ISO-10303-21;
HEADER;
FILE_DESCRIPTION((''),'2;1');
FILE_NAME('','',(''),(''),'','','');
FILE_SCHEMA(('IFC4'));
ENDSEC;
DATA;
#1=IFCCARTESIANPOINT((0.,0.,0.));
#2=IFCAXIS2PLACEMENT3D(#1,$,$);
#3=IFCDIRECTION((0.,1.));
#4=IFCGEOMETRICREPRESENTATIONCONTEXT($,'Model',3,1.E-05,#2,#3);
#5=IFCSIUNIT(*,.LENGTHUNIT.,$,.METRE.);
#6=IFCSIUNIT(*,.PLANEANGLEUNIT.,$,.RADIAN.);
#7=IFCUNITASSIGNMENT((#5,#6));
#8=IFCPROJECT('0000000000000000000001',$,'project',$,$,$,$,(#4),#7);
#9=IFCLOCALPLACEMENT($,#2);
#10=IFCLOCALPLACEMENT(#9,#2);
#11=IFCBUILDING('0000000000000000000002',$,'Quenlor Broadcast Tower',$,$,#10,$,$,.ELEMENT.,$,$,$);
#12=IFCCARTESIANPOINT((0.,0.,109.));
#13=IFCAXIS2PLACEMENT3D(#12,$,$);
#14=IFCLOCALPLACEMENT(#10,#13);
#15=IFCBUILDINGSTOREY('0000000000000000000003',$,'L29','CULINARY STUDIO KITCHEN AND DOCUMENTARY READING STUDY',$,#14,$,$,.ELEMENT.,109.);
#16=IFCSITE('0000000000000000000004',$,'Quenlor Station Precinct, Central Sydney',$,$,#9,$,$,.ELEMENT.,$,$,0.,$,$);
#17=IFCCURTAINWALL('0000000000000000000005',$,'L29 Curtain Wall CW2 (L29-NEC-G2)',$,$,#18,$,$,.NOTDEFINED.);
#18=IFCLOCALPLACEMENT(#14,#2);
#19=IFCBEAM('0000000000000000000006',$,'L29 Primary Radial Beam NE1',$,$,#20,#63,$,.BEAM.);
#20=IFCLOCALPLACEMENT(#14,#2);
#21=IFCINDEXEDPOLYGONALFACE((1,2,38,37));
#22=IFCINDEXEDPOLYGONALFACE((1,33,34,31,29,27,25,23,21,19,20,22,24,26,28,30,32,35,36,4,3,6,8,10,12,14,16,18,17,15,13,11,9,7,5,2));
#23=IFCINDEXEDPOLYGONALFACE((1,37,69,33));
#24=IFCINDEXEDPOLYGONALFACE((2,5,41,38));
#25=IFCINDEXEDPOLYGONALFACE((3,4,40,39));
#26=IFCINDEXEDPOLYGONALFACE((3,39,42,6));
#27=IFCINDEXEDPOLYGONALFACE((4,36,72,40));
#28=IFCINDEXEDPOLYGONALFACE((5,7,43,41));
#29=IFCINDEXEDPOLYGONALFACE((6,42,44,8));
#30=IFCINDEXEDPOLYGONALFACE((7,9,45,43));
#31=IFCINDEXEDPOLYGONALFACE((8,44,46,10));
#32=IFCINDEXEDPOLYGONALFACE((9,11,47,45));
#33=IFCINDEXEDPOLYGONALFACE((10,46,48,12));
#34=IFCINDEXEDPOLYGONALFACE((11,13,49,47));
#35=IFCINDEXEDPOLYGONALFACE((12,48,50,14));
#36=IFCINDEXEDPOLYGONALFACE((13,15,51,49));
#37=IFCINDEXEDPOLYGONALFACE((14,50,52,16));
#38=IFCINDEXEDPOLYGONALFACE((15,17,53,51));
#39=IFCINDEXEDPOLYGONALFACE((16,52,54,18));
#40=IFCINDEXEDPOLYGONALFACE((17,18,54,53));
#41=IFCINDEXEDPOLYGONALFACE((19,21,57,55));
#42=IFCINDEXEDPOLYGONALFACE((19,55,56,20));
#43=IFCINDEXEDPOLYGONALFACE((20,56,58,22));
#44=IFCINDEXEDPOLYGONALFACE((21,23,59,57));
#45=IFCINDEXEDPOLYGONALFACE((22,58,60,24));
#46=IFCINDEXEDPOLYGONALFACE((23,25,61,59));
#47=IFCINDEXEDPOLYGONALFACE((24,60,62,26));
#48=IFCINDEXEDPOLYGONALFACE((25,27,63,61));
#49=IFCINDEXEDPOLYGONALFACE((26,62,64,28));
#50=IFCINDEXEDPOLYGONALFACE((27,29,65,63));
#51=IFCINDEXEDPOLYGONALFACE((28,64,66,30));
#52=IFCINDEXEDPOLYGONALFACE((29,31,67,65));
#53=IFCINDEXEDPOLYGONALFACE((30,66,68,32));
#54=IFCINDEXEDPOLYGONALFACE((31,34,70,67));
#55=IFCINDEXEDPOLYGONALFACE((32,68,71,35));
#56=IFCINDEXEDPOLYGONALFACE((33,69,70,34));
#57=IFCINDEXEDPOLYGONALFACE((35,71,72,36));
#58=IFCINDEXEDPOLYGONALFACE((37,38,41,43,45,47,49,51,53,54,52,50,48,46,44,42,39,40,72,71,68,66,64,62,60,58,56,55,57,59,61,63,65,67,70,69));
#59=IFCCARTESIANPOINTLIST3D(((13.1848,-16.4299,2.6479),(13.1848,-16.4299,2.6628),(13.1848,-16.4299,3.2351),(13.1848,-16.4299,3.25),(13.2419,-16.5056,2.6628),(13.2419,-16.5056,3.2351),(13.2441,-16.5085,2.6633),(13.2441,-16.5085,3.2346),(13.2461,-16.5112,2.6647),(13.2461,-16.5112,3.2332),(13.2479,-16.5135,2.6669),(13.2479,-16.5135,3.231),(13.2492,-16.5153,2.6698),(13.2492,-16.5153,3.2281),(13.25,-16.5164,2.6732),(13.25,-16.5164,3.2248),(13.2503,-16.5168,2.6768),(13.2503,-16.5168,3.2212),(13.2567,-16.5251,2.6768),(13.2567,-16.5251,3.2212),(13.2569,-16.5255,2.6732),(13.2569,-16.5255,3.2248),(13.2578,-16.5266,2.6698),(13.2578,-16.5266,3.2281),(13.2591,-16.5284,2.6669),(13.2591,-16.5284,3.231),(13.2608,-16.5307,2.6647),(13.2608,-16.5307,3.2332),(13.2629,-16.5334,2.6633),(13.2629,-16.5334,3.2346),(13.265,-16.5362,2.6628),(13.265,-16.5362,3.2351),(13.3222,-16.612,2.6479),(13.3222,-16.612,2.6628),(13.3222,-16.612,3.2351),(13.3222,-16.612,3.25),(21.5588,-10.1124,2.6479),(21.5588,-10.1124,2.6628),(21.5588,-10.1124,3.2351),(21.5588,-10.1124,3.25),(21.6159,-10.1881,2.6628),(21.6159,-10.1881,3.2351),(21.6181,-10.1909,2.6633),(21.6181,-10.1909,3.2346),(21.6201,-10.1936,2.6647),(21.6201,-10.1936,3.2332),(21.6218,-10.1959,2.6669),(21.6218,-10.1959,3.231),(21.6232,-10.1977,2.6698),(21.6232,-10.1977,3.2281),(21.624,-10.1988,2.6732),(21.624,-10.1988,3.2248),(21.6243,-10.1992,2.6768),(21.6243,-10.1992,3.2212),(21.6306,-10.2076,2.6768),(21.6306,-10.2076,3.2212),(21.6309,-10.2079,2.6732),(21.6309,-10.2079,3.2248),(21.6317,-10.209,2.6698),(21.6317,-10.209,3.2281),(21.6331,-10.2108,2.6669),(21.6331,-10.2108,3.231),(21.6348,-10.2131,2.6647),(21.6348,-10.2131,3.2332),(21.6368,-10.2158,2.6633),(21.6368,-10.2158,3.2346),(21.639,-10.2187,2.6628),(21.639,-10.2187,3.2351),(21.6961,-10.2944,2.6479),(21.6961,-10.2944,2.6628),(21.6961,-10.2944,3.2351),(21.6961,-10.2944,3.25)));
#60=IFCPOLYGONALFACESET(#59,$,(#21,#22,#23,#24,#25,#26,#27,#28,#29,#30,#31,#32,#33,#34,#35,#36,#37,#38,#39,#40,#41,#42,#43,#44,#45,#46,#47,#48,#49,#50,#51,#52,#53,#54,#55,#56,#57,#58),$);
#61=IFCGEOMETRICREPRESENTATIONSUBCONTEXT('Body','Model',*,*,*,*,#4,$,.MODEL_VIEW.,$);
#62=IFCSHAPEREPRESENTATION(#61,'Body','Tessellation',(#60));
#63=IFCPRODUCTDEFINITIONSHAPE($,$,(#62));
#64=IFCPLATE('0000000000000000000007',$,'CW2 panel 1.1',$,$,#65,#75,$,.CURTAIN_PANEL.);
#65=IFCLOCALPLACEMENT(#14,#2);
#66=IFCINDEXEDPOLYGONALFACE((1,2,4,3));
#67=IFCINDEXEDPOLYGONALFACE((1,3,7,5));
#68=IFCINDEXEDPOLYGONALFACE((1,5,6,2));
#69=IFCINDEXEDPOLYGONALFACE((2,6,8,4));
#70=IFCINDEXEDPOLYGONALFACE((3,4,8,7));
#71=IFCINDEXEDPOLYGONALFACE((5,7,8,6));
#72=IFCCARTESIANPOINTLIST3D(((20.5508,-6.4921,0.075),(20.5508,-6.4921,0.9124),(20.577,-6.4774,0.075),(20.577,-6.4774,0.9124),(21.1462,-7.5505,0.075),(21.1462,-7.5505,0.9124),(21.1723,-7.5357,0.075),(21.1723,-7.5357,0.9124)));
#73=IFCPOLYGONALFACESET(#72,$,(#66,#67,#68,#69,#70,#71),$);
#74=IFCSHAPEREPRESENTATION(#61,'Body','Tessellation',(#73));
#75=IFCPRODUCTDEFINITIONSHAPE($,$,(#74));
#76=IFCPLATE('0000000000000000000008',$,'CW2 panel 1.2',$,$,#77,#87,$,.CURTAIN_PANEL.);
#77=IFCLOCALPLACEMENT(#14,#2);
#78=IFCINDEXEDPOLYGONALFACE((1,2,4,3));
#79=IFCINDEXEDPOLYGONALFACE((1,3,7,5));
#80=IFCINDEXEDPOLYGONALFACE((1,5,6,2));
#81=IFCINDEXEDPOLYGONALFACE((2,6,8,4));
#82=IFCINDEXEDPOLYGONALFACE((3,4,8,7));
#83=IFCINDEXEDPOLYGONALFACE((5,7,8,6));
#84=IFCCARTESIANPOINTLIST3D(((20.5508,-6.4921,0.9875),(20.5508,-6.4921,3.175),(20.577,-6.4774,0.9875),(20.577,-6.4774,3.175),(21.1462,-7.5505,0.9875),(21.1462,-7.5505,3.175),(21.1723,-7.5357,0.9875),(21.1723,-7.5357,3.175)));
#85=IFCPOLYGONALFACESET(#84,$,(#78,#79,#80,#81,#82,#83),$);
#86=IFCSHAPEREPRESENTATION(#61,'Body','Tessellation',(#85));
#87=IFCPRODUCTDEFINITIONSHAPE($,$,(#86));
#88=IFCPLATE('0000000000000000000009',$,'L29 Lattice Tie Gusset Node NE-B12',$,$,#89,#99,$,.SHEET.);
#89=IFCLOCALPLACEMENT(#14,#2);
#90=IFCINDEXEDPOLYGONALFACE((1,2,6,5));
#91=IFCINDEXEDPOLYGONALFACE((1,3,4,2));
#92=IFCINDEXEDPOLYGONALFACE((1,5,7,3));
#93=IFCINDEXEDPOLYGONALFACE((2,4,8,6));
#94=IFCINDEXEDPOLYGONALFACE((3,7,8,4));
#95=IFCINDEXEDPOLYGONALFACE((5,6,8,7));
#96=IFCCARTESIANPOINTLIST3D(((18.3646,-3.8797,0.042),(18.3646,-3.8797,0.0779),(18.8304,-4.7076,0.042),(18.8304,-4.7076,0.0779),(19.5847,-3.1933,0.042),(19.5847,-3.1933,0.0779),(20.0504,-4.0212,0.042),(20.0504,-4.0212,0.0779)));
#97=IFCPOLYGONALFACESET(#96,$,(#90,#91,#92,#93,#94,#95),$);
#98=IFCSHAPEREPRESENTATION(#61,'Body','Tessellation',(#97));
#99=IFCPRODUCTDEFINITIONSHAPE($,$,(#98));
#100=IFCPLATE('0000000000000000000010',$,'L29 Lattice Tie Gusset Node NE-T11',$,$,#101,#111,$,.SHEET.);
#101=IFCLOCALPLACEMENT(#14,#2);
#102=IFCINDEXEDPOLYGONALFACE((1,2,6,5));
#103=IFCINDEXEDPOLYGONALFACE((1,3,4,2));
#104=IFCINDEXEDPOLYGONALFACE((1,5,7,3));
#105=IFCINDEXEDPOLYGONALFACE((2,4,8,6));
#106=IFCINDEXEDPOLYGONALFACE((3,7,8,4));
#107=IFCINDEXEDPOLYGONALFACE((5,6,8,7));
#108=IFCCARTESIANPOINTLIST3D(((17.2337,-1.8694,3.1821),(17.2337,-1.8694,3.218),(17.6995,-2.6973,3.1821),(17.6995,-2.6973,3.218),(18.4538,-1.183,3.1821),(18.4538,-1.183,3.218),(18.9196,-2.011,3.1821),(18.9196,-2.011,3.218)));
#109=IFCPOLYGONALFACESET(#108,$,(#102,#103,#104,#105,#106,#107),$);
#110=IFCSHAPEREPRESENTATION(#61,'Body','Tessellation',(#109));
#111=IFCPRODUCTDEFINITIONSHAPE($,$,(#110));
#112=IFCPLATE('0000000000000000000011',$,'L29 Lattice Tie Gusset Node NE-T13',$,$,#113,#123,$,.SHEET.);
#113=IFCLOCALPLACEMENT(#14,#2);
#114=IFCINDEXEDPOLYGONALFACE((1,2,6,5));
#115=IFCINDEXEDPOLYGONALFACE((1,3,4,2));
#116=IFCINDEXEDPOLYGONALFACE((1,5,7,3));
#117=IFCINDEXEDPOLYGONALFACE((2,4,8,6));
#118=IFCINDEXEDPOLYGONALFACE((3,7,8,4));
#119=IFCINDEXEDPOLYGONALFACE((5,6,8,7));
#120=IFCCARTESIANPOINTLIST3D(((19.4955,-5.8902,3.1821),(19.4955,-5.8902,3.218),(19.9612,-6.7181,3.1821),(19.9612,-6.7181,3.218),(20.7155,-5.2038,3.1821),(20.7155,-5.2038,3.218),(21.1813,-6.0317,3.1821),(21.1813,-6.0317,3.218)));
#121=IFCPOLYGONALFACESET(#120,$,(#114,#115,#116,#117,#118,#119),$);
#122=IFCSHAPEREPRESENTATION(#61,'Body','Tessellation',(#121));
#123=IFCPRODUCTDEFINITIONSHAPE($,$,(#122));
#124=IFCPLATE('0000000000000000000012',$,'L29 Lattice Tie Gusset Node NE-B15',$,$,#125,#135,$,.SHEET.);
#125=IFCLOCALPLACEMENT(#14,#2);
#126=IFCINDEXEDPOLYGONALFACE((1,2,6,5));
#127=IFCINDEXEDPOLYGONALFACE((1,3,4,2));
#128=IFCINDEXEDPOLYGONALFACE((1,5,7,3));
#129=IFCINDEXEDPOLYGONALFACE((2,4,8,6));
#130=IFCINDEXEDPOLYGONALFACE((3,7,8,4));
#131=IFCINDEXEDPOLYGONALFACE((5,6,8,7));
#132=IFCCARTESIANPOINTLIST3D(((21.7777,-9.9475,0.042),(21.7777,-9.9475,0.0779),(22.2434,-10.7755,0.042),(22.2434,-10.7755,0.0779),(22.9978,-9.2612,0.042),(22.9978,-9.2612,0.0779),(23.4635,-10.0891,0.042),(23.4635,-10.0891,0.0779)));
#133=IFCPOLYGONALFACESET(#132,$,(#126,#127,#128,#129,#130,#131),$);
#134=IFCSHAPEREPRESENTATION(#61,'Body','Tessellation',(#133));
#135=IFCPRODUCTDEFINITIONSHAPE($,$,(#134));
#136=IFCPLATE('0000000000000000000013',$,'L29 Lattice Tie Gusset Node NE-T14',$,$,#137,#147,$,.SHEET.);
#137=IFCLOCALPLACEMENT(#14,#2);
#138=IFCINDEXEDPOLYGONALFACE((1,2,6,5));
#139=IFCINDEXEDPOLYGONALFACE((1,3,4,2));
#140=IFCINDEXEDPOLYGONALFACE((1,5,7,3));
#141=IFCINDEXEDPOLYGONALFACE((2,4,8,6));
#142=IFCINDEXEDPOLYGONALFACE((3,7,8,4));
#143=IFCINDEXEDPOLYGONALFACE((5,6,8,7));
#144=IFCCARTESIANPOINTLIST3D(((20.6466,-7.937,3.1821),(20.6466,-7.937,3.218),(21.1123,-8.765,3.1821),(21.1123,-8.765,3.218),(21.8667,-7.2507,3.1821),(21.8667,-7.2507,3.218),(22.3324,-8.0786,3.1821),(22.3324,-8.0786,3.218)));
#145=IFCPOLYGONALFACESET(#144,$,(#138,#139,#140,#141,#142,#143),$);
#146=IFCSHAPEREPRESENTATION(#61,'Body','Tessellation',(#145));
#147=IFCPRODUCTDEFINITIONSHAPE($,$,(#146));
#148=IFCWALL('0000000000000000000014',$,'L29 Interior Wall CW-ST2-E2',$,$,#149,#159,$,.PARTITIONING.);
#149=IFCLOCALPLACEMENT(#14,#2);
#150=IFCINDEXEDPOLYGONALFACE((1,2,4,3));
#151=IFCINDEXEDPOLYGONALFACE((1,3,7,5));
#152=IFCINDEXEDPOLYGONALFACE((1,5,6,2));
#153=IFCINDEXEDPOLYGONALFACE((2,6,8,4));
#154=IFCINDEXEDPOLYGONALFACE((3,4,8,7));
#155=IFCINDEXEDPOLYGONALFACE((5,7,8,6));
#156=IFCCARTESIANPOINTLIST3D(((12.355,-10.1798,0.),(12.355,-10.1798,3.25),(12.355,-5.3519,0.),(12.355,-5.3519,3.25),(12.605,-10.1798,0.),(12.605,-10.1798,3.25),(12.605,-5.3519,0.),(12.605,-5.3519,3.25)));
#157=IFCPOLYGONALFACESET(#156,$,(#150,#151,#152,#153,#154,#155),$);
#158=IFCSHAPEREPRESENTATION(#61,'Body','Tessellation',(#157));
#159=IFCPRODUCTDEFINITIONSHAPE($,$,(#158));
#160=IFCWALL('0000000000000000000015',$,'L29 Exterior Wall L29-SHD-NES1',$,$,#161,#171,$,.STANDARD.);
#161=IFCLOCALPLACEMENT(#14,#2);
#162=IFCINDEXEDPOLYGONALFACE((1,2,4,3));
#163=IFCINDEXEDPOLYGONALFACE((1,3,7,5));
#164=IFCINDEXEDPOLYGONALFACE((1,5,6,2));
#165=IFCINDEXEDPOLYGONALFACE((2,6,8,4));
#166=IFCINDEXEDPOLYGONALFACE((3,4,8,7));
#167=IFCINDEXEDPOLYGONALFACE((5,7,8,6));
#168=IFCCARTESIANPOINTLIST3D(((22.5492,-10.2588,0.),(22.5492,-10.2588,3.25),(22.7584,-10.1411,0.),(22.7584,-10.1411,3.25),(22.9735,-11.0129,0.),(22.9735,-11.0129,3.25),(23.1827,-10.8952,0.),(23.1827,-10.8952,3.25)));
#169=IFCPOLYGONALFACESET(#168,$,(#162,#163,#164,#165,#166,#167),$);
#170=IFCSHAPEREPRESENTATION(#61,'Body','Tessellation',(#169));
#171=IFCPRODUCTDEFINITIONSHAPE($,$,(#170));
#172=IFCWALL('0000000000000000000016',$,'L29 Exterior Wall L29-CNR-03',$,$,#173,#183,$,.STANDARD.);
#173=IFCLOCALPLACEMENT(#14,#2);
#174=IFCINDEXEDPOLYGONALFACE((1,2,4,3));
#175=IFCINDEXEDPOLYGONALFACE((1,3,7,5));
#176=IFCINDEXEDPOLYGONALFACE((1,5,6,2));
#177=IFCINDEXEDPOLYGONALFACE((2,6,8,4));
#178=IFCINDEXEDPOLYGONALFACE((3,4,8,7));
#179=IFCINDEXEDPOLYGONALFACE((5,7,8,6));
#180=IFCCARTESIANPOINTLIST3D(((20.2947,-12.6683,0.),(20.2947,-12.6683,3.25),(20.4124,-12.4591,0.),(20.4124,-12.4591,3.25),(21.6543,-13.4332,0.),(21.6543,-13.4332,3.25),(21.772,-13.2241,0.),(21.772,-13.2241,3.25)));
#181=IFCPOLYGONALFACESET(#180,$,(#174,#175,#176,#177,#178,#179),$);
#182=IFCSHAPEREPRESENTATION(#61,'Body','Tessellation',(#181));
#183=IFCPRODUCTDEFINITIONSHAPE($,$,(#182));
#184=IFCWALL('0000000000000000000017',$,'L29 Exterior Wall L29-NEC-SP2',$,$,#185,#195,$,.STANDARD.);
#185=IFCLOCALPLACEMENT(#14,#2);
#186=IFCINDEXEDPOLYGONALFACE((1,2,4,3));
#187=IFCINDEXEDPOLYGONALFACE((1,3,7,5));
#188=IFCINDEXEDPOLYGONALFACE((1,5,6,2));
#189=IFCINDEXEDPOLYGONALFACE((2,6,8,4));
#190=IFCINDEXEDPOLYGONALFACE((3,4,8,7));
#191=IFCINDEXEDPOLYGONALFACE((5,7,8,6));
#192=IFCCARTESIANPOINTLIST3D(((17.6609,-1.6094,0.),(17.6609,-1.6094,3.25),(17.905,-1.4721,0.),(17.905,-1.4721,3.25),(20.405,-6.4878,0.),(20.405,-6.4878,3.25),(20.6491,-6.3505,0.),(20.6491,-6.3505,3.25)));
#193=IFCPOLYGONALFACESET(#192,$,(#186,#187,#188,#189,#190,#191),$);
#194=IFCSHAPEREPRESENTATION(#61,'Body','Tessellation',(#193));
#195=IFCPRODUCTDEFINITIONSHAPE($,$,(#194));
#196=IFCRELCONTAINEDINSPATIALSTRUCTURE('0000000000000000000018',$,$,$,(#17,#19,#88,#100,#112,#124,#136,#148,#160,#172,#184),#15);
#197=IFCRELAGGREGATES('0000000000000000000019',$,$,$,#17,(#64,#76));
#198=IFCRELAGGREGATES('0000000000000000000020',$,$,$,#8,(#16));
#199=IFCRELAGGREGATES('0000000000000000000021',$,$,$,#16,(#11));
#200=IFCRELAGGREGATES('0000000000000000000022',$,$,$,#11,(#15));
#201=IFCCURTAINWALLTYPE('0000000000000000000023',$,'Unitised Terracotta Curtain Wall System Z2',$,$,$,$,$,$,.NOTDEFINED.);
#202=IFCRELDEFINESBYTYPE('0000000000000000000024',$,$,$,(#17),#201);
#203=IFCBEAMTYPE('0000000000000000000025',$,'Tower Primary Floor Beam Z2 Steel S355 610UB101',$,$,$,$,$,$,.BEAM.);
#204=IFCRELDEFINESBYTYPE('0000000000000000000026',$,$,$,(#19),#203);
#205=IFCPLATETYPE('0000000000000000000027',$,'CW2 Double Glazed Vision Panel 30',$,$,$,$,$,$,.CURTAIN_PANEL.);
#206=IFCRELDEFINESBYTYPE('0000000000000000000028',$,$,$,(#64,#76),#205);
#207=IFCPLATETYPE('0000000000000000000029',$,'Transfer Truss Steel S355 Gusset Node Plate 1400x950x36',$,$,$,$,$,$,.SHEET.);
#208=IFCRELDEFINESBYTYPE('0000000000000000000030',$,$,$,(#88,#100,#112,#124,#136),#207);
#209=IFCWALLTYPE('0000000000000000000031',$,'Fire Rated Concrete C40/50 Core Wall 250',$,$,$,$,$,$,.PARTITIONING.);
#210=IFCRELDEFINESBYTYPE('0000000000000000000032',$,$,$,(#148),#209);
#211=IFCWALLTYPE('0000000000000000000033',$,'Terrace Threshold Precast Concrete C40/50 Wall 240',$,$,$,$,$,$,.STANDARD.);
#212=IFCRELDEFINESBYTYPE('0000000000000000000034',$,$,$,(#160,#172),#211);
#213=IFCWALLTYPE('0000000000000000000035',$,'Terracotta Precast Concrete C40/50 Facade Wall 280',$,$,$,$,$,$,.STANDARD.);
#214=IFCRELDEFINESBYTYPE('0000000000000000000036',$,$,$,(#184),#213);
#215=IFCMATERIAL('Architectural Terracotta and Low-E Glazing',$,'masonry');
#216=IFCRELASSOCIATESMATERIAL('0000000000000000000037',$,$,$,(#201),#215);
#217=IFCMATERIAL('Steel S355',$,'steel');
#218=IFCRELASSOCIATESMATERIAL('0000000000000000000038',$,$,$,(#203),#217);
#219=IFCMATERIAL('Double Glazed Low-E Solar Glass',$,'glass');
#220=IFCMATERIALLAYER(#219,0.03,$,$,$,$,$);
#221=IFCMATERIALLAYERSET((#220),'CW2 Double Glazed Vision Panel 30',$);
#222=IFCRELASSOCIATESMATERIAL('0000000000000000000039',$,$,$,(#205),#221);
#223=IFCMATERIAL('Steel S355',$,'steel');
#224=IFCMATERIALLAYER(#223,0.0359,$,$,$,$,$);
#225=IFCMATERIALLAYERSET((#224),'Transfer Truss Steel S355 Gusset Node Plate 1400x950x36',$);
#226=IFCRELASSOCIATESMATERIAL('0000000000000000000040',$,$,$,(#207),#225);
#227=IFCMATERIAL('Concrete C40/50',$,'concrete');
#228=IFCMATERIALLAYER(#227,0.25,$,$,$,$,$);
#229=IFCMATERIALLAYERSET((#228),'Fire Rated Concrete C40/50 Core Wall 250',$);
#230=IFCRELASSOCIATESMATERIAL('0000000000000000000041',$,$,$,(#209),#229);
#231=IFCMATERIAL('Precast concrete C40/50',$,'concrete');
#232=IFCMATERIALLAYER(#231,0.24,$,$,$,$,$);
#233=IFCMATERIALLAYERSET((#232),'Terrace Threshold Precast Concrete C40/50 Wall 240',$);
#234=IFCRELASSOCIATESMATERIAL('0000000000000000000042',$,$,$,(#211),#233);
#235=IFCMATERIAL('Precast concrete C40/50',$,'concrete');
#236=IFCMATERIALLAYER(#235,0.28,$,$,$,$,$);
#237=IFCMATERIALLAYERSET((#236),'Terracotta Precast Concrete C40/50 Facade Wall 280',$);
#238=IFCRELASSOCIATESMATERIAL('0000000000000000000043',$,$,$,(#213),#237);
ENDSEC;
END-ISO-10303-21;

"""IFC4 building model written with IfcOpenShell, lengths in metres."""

from ifc_helpers import new_model, si_unit, direction, frame, frame_2d, origin, origin_2d, place, context, subcontext, project, spatial, rectangle, i_section, extrude, material, layer, layer_set, material_profile, profile_set, type_object, element, aggregate, save


model = new_model("IFC4")

# Units and contexts
model_context = context("Model", 3, precision=1e-05, world=origin(), true_north=direction((0.0, 1.0)))
body_context = subcontext(model_context, "Body", "Model", "MODEL_VIEW")
ifc_project = project(units=[si_unit("LENGTHUNIT", "METRE"), si_unit("PLANEANGLEUNIT", "RADIAN")], contexts=[model_context])

# Site, building, storey
site_placement = place(None, origin())
site = spatial("IfcSite", under=ifc_project, at=site_placement, Name="Quenlor Station Precinct, Central Sydney", CompositionType="ELEMENT", RefElevation=0.0)
building_placement = place(site_placement, origin())
building = spatial("IfcBuilding", under=site, at=building_placement, Name="Quenlor Broadcast Tower", CompositionType="ELEMENT")
storey_placement = place(building_placement, frame((0.0, 0.0, 109.0)))
storey = spatial("IfcBuildingStorey", under=building, at=storey_placement, Name="L29", Description="CULINARY STUDIO KITCHEN AND DOCUMENTARY READING STUDY", CompositionType="ELEMENT", Elevation=109.0)

# Shared definitions
ifc_material_1 = material(Name="Architectural Terracotta and Low-E Glazing", Category="masonry")
curtain_wall_type = type_object("IfcCurtainWallType", Name="Unitised Terracotta Curtain Wall System Z2", PredefinedType="NOTDEFINED", material=ifc_material_1)

# Curtain wall
curtain_wall_1_placement = place(storey_placement, origin())
curtain_wall_1 = element("IfcCurtainWall", 1, at=curtain_wall_1_placement, inside=storey, type_object=curtain_wall_type, Name="L29 Curtain Wall CW2 (L29-NEC-G2)", PredefinedType="NOTDEFINED")

# Beam
ifc_material_2 = material(Name="Steel S355", Category="steel")
ifc_material_profile_1 = material_profile(ifc_material_2, i_section(OverallWidth=0.228, OverallDepth=0.6021, WebThickness=0.0105, FlangeThickness=0.0149, FilletRadius=0.0139, at=origin_2d()))
ifc_profile_set_1 = profile_set([ifc_material_profile_1], Name="Steel S355 610UB101")
beam_type_1 = type_object("IfcBeamType", Name="Tower Primary Floor Beam Z2 Steel S355 610UB101", PredefinedType="BEAM", material=ifc_profile_set_1)
beam_1_placement = place(storey_placement, frame((21.6274, -10.2034, 2.949), z_axis=(-0.798299, -0.602262, 0.0), x_axis=(0.602262, -0.798299, 0.0)))
element("IfcBeam", 2, at=beam_1_placement, inside=storey, type_object=beam_type_1, Name="L29 Primary Radial Beam NE1", PredefinedType="BEAM", context=body_context, shape_type="SweptSolid", body=[
    extrude(i_section(OverallWidth=0.228, OverallDepth=0.6021, WebThickness=0.0105, FlangeThickness=0.0149, FilletRadius=0.0139, at=origin_2d()), origin(), (0.0, 0.0, 1.0), 10.4897),
])

# Plates
ifc_material_3 = material(Name="Double Glazed Low-E Solar Glass", Category="glass")
ifc_layer_1 = layer(ifc_material_3, 0.03)
ifc_layer_set_1 = layer_set([ifc_layer_1], Name="CW2 Double Glazed Vision Panel 30")
plate_type_1 = type_object("IfcPlateType", Name="CW2 Double Glazed Vision Panel 30", PredefinedType="CURTAIN_PANEL", material=ifc_layer_set_1)
plate_1_placement = place(storey_placement, frame((20.8616, -7.0139, 0.075), z_axis=(0.0, 0.0, 1.0), x_axis=(0.490279, -0.871566, 0.0)))
plate_1 = element("IfcPlate", 3, at=plate_1_placement, type_object=plate_type_1, Name="CW2 panel 1.1", PredefinedType="CURTAIN_PANEL", context=body_context, shape_type="SweptSolid", body=[
    extrude(rectangle(XDim=1.2144, YDim=0.03, at=origin_2d()), origin(), (0.0, 0.0, 1.0), 0.8374),
])
plate_2_placement = place(storey_placement, frame((20.8616, -7.0139, 0.9875), z_axis=(0.0, 0.0, 1.0), x_axis=(0.490279, -0.871566, 0.0)))
plate_2 = element("IfcPlate", 4, at=plate_2_placement, type_object=plate_type_1, Name="CW2 panel 1.2", PredefinedType="CURTAIN_PANEL", context=body_context, shape_type="SweptSolid", body=[
    extrude(rectangle(XDim=1.2144, YDim=0.03, at=origin_2d()), origin(), (0.0, 0.0, 1.0), 2.1875),
])
aggregate(curtain_wall_1, [plate_1, plate_2])

# Plates
ifc_material_4 = material(Name="Steel S355", Category="steel")
ifc_layer_2 = layer(ifc_material_4, 0.0359)
ifc_layer_set_2 = layer_set([ifc_layer_2], Name="Transfer Truss Steel S355 Gusset Node Plate 1400x950x36")
plate_type_2 = type_object("IfcPlateType", Name="Transfer Truss Steel S355 Gusset Node Plate 1400x950x36", PredefinedType="SHEET", material=ifc_layer_set_2)
for number, where, z_axis, x_axis, name in (
    (5, (19.2075, -3.9504, 0.042), (0.0, 0.0, 1.0), (0.871556, 0.490295, 0.0), "L29 Lattice Tie Gusset Node NE-B12"),
    (6, (18.0767, -1.9402, 3.1821), (0.0, 0.0, 1.0), (0.871556, 0.490295, 0.0), "L29 Lattice Tie Gusset Node NE-T11"),
    (7, (20.3384, -5.9609, 3.1821), (0.0, 0.0, 1.0), (0.871556, 0.490295, 0.0), "L29 Lattice Tie Gusset Node NE-T13"),
    (8, (22.6206, -10.0183, 0.042), (0.0, 0.0, 1.0), (0.871556, 0.490295, 0.0), "L29 Lattice Tie Gusset Node NE-B15"),
    (9, (21.4895, -8.0078, 3.1821), (0.0, 0.0, 1.0), (0.871556, 0.490295, 0.0), "L29 Lattice Tie Gusset Node NE-T14"),
):
    element("IfcPlate", number, at=place(storey_placement, frame(where, z_axis=z_axis, x_axis=x_axis)), inside=storey, type_object=plate_type_2, Name=name, PredefinedType="SHEET", context=body_context, shape_type="SweptSolid", body=[
        extrude(rectangle(XDim=1.3999, YDim=0.95, at=origin_2d()), origin(), (0.0, 0.0, 1.0), 0.0359),
    ])

# Walls
ifc_material_5 = material(Name="Concrete C40/50", Category="concrete")
ifc_layer_3 = layer(ifc_material_5, 0.25)
ifc_layer_set_3 = layer_set([ifc_layer_3], Name="Fire Rated Concrete C40/50 Core Wall 250")
wall_type_1 = type_object("IfcWallType", Name="Fire Rated Concrete C40/50 Core Wall 250", PredefinedType="PARTITIONING", material=ifc_layer_set_3)
wall_1_placement = place(storey_placement, frame((12.48, -10.1799, 0.0), z_axis=(0.0, 0.0, 1.0), x_axis=(0.0, 1.0, 0.0)))
element("IfcWall", 10, at=wall_1_placement, inside=storey, type_object=wall_type_1, Name="L29 Interior Wall CW-ST2-E2", PredefinedType="PARTITIONING", context=body_context, shape_type="SweptSolid", body=[
    extrude(rectangle(XDim=4.8279, YDim=0.25, at=frame_2d((2.4141, 0.0))), origin(), (0.0, 0.0, 1.0), 3.25),
])
ifc_material_6 = material(Name="Precast concrete C40/50", Category="concrete")
ifc_layer_4 = layer(ifc_material_6, 0.24)
ifc_layer_set_4 = layer_set([ifc_layer_4], Name="Terrace Threshold Precast Concrete C40/50 Wall 240")
wall_type_2 = type_object("IfcWallType", Name="Terrace Threshold Precast Concrete C40/50 Wall 240", PredefinedType="STANDARD", material=ifc_layer_set_4)
wall_2_placement = place(storey_placement, frame((22.6538, -10.2, 0.0), z_axis=(0.0, 0.0, 1.0), x_axis=(0.490355, -0.871523, 0.0)))
element("IfcWall", 11, at=wall_2_placement, inside=storey, type_object=wall_type_2, Name="L29 Exterior Wall L29-SHD-NES1", PredefinedType="STANDARD", context=body_context, shape_type="SweptSolid", body=[
    extrude(rectangle(XDim=0.8652, YDim=0.24, at=frame_2d((0.4326, 0.0))), origin(), (0.0, 0.0, 1.0), 3.25),
])
wall_3_placement = place(storey_placement, frame((20.3535, -12.5637, 0.0), z_axis=(0.0, 0.0, 1.0), x_axis=(0.871546, -0.490313, 0.0)))
element("IfcWall", 12, at=wall_3_placement, inside=storey, type_object=wall_type_2, Name="L29 Exterior Wall L29-CNR-03", PredefinedType="STANDARD", context=body_context, shape_type="SweptSolid", body=[
    extrude(rectangle(XDim=1.5601, YDim=0.24, at=frame_2d((0.78, 0.0))), origin(), (0.0, 0.0, 1.0), 3.25),
])
ifc_material_7 = material(Name="Precast concrete C40/50", Category="concrete")
ifc_layer_5 = layer(ifc_material_7, 0.28)
ifc_layer_set_5 = layer_set([ifc_layer_5], Name="Terracotta Precast Concrete C40/50 Facade Wall 280")
wall_type_3 = type_object("IfcWallType", Name="Terracotta Precast Concrete C40/50 Facade Wall 280", PredefinedType="STANDARD", material=ifc_layer_set_5)
wall_4_placement = place(storey_placement, frame((17.783, -1.5408, 0.0), z_axis=(0.0, 0.0, 1.0), x_axis=(0.490265, -0.871573, 0.0)))
element("IfcWall", 13, at=wall_4_placement, inside=storey, type_object=wall_type_3, Name="L29 Exterior Wall L29-NEC-SP2", PredefinedType="STANDARD", context=body_context, shape_type="SweptSolid", body=[
    extrude(rectangle(XDim=5.5972, YDim=0.28, at=frame_2d((2.7986, 0.0))), origin(), (0.0, 0.0, 1.0), 3.25),
])

save(model, "model.ifc")
